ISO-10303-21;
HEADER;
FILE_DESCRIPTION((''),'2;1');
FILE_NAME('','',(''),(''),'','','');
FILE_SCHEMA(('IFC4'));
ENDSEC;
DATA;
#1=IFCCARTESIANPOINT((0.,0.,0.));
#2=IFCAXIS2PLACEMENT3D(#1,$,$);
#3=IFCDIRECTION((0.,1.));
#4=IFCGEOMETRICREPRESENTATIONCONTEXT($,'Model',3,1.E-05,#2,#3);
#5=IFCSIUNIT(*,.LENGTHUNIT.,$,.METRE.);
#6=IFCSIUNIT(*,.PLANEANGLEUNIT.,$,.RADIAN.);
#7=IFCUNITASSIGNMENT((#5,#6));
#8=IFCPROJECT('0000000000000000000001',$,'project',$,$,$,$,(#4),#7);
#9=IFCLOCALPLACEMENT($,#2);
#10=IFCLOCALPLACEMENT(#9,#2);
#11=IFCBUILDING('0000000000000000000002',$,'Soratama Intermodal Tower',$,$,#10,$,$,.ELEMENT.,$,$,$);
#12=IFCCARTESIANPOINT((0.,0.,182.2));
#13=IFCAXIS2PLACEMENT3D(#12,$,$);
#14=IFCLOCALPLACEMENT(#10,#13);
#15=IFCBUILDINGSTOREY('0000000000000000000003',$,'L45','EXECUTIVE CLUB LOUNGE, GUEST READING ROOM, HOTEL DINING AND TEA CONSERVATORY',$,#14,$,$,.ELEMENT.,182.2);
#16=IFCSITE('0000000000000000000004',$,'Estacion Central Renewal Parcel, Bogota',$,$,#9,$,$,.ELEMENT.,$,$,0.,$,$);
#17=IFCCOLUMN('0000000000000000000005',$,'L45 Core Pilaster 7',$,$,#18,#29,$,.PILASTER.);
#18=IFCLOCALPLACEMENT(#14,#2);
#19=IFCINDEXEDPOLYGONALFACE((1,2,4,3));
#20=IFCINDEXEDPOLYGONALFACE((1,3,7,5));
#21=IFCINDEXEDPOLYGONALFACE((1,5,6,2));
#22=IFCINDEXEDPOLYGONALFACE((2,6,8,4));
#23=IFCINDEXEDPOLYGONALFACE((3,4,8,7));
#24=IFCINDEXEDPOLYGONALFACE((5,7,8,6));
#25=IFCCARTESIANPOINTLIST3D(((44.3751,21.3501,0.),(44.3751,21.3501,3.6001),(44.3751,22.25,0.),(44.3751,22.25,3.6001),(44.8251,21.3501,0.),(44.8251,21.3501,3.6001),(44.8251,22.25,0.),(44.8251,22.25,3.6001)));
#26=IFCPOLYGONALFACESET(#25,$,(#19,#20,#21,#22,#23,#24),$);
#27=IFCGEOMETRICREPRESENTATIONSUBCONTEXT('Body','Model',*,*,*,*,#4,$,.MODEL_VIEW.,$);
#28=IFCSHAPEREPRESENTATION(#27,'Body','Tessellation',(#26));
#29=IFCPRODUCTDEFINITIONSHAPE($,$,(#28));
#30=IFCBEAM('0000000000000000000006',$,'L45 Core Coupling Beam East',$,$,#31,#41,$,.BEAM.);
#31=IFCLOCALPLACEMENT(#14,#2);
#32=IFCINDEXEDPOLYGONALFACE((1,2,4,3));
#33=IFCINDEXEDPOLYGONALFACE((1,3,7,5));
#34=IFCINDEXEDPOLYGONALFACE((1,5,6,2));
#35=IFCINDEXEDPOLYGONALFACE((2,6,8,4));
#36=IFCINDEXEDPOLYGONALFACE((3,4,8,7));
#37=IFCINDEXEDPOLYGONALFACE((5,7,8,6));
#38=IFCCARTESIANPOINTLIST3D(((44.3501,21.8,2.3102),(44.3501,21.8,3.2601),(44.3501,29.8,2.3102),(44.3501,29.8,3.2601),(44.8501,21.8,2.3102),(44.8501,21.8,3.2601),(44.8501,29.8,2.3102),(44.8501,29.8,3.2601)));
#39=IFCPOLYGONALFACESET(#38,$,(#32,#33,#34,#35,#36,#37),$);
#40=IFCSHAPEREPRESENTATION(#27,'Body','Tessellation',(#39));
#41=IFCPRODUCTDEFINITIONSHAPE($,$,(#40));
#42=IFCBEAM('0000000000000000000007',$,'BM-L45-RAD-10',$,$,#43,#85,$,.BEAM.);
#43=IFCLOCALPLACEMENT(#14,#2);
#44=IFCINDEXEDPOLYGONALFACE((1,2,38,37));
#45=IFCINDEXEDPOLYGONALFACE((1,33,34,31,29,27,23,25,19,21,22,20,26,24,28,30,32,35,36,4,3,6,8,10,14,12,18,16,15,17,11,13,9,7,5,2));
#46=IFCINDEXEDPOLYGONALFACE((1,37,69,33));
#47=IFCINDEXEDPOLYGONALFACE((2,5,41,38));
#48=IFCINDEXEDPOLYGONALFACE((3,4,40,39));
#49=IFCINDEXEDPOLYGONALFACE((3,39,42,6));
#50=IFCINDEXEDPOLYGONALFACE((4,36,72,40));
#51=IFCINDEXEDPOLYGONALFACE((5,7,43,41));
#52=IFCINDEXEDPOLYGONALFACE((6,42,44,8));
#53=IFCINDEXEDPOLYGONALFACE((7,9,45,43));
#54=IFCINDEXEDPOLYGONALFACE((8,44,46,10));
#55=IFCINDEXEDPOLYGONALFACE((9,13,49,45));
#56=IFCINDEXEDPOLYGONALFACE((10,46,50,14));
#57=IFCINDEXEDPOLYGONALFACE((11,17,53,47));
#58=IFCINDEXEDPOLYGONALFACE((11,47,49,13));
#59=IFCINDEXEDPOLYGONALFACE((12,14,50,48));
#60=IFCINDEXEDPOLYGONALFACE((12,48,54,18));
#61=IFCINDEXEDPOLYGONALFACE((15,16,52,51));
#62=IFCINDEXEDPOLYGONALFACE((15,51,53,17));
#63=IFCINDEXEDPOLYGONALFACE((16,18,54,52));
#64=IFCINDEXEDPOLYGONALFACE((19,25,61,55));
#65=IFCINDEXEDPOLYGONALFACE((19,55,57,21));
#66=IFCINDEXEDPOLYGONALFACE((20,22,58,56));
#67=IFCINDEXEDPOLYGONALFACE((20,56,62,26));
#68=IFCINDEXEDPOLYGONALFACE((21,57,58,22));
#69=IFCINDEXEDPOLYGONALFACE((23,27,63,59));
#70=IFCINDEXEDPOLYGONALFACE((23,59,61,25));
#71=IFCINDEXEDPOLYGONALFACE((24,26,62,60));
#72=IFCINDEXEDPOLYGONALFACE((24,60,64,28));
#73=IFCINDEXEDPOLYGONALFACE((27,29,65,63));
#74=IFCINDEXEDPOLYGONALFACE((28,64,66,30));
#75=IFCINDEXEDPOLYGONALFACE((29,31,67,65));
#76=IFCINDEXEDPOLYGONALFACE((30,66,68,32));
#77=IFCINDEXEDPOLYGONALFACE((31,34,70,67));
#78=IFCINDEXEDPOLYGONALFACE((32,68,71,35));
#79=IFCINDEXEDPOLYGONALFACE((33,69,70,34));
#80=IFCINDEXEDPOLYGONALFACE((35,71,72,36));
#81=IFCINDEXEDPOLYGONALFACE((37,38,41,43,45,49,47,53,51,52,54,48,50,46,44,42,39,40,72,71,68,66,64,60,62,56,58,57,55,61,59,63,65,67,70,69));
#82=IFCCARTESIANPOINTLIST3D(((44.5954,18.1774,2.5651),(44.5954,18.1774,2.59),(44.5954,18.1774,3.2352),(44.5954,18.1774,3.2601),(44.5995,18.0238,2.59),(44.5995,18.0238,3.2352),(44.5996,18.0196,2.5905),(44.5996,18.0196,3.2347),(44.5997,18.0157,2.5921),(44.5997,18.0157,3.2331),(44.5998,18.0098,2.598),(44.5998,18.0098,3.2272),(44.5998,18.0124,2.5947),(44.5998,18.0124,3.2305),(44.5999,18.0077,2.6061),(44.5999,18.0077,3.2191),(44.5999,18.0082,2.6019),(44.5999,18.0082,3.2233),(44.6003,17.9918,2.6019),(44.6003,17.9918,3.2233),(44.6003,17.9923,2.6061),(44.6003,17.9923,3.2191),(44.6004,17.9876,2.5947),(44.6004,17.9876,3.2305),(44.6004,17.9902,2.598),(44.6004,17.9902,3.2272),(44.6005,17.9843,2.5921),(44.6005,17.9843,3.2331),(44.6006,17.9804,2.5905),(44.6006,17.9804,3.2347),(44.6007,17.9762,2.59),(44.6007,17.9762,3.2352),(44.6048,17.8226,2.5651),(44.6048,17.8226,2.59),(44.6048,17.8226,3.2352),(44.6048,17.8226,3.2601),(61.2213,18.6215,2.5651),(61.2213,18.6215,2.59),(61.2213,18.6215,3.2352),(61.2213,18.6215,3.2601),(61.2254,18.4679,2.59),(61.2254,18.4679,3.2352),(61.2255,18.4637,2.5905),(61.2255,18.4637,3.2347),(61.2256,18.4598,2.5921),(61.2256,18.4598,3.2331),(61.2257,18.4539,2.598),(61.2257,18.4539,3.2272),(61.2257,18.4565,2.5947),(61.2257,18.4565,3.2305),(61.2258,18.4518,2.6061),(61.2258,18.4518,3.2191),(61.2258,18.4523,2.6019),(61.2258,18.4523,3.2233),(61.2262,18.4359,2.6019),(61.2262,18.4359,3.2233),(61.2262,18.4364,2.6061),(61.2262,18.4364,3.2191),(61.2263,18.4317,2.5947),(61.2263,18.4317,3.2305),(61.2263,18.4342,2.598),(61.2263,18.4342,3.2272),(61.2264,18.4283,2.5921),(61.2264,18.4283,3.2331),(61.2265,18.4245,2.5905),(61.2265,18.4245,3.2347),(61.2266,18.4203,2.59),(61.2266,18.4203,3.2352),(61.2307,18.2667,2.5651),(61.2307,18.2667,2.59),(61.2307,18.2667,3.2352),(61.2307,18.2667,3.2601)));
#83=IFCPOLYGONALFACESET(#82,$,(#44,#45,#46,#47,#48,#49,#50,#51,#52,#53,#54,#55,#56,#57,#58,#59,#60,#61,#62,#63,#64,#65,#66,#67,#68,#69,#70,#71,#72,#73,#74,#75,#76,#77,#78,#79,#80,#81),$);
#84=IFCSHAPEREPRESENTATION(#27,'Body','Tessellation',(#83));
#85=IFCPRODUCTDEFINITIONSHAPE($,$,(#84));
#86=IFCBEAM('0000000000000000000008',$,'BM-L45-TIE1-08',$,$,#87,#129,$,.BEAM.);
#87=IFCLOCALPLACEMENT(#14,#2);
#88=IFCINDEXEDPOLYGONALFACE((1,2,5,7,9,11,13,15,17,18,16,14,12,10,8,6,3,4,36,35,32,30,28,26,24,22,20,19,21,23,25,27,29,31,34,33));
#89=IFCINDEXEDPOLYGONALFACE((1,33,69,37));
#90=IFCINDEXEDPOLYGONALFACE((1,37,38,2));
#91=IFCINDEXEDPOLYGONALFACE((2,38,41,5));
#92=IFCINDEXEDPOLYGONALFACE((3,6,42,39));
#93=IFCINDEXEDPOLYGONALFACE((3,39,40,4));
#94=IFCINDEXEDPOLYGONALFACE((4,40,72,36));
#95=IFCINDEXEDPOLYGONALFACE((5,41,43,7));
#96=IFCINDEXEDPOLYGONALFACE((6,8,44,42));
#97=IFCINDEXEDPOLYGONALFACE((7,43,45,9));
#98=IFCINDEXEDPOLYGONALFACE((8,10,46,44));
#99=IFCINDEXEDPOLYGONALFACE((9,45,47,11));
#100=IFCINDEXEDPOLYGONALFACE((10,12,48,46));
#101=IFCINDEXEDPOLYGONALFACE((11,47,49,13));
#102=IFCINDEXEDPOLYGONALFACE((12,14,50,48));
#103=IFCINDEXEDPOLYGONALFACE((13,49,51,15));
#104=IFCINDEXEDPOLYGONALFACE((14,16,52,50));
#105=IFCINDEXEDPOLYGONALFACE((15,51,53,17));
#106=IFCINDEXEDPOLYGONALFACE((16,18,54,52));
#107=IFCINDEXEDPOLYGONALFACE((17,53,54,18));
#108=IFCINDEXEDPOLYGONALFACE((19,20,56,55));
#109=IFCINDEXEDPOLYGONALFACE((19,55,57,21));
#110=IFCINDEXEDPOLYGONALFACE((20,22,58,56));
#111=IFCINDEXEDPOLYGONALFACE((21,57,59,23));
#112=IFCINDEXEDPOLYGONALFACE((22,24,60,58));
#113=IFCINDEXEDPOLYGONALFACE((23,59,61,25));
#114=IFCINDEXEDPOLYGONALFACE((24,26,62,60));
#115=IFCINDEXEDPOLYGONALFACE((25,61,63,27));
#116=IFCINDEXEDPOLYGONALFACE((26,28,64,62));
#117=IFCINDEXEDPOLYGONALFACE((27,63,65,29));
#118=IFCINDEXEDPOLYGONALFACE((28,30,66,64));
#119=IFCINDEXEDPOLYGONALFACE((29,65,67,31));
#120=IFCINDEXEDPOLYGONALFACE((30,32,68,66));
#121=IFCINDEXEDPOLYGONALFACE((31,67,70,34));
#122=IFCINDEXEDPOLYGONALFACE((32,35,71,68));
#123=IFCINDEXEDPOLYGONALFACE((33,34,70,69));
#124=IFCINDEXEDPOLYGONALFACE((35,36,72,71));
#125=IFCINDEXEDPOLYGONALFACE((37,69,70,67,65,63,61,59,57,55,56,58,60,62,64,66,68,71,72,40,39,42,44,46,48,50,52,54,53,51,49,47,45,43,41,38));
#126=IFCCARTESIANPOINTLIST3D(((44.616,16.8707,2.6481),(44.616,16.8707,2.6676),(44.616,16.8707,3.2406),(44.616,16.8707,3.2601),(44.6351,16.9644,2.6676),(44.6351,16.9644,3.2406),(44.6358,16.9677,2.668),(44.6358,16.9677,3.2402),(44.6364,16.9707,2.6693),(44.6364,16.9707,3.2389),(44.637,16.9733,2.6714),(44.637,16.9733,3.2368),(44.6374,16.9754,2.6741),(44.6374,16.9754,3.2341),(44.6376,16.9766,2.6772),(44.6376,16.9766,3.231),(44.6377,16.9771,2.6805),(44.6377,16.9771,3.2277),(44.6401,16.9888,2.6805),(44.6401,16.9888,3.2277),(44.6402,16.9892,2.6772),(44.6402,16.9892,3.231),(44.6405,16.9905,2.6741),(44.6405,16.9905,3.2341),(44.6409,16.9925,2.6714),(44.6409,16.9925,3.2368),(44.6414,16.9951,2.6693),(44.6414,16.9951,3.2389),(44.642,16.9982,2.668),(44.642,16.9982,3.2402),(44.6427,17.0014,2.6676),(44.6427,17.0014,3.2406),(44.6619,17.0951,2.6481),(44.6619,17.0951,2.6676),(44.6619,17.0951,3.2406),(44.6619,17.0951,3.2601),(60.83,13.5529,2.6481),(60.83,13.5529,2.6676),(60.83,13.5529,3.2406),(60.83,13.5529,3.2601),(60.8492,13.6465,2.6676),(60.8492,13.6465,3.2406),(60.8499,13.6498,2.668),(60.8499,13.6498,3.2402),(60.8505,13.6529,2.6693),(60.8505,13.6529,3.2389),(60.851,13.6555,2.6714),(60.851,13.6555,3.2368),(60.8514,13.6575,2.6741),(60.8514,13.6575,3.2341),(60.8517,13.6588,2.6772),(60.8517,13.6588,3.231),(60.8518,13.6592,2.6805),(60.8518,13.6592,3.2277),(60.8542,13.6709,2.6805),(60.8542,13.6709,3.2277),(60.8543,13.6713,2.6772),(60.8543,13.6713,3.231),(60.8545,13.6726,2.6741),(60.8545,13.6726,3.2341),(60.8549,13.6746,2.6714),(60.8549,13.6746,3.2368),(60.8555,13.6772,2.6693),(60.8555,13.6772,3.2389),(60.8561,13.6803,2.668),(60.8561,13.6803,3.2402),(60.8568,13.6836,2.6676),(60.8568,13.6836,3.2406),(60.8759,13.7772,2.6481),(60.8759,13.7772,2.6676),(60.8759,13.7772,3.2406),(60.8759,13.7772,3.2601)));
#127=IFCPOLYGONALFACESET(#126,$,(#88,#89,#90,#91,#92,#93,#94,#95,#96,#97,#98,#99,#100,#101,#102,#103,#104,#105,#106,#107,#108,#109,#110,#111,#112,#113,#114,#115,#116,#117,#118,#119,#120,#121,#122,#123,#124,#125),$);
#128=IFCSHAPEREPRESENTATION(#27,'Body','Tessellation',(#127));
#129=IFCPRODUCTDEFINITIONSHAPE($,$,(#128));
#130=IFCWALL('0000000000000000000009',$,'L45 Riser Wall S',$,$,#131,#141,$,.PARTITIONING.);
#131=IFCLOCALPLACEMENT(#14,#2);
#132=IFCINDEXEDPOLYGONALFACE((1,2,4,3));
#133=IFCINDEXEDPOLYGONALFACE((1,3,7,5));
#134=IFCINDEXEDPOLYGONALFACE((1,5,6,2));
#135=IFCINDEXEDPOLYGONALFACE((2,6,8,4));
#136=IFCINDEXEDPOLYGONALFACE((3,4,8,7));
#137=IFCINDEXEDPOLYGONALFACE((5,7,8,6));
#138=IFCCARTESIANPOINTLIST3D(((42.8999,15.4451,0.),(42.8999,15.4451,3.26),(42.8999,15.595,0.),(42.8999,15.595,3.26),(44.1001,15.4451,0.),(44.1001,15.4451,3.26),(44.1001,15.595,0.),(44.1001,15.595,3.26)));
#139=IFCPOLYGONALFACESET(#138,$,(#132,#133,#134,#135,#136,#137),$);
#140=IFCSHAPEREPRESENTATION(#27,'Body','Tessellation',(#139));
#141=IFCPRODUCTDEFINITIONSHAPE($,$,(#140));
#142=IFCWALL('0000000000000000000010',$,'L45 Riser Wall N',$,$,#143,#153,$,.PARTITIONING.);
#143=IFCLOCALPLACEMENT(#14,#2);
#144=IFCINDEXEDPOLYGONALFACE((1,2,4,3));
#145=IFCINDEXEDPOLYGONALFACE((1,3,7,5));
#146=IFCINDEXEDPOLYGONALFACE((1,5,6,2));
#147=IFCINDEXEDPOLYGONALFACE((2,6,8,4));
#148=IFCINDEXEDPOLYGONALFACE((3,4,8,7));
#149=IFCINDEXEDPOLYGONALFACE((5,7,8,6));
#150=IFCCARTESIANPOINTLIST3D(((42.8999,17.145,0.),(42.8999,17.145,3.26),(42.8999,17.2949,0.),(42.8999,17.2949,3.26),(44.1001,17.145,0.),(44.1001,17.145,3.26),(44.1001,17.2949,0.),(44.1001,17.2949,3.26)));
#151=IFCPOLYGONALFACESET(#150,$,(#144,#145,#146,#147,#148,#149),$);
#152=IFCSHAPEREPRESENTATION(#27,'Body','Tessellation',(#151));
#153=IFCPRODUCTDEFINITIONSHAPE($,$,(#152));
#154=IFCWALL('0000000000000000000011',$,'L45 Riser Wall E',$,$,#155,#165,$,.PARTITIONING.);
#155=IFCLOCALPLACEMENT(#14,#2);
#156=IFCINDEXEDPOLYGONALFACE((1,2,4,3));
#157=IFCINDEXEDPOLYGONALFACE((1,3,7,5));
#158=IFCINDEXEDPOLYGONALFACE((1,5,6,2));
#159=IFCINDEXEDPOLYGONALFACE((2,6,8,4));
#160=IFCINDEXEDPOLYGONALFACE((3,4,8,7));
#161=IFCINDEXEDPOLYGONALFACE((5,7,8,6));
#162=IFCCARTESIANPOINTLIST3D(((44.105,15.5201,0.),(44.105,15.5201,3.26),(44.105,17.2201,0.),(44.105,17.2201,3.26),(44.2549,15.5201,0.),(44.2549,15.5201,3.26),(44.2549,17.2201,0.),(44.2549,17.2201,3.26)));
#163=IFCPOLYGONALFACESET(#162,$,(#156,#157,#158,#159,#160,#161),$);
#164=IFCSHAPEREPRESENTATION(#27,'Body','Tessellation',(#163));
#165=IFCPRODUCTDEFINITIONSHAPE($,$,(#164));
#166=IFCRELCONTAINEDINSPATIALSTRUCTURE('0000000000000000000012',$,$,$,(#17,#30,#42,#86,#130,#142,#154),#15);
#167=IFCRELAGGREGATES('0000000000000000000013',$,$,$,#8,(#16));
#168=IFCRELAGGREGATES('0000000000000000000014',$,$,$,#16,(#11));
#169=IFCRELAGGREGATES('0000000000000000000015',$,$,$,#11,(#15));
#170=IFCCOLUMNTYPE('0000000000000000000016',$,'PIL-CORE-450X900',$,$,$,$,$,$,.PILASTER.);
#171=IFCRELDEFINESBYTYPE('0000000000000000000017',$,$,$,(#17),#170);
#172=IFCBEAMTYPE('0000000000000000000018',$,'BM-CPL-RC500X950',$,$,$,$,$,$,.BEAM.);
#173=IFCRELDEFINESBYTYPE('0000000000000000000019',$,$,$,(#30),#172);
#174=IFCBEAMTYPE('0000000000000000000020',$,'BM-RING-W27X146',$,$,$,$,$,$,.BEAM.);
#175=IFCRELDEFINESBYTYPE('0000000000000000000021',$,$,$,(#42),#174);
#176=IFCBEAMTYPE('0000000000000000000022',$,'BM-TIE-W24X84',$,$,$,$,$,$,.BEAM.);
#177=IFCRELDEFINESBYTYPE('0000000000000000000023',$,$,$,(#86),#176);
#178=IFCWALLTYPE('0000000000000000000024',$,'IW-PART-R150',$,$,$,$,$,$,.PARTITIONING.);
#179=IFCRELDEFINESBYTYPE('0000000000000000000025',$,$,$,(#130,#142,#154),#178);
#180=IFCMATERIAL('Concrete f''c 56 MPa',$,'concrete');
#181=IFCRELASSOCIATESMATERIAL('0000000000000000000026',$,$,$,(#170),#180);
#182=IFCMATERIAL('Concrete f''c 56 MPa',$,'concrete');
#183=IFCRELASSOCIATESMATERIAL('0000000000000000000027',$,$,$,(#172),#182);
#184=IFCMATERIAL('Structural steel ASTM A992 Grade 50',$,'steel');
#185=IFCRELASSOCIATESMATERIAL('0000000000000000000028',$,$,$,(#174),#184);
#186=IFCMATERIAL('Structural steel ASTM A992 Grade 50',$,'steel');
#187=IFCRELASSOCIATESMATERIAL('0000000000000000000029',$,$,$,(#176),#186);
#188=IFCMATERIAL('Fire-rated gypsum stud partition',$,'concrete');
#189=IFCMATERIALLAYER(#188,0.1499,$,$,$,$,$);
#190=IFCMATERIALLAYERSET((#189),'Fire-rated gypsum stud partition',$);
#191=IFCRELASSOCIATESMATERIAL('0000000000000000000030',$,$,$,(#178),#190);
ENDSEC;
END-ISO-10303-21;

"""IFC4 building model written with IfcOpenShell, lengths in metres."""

from ifc_helpers import new_model, si_unit, direction, frame, frame_2d, origin, origin_2d, place, context, subcontext, project, spatial, rectangle, i_section, extrude, material, layer, layer_set, material_profile, profile_set, type_object, element, save


model = new_model("IFC4")

# Units and contexts
model_context = context("Model", 3, precision=1e-05, world=origin(), true_north=direction((0.0, 1.0)))
body_context = subcontext(model_context, "Body", "Model", "MODEL_VIEW")
ifc_project = project(units=[si_unit("LENGTHUNIT", "METRE"), si_unit("PLANEANGLEUNIT", "RADIAN")], contexts=[model_context])

# Site, building, storey
site_placement = place(None, origin())
site = spatial("IfcSite", under=ifc_project, at=site_placement, Name="Estacion Central Renewal Parcel, Bogota", CompositionType="ELEMENT", RefElevation=0.0)
building_placement = place(site_placement, origin())
building = spatial("IfcBuilding", under=site, at=building_placement, Name="Soratama Intermodal Tower", CompositionType="ELEMENT")
storey_placement = place(building_placement, frame((0.0, 0.0, 182.2)))
storey = spatial("IfcBuildingStorey", under=building, at=storey_placement, Name="L45", Description="EXECUTIVE CLUB LOUNGE, GUEST READING ROOM, HOTEL DINING AND TEA CONSERVATORY", CompositionType="ELEMENT", Elevation=182.2)

# Column
ifc_material_1 = material(Name="Concrete f'c 56 MPa", Category="concrete")
ifc_material_profile_1 = material_profile(ifc_material_1, rectangle(XDim=0.45, YDim=0.8999, at=origin_2d()), Name="RC450X900")
ifc_profile_set_1 = profile_set([ifc_material_profile_1], Name="Concrete f'c 56 MPa")
column_type = type_object("IfcColumnType", Name="PIL-CORE-450X900", PredefinedType="PILASTER", material=ifc_profile_set_1)
column_placement = place(storey_placement, frame((44.6001, 21.8, 0.0), z_axis=(0.0, 0.0, 1.0), x_axis=(1.0, 0.0, 0.0)))
element("IfcColumn", 1, at=column_placement, inside=storey, type_object=column_type, Name="L45 Core Pilaster 7", PredefinedType="PILASTER", context=body_context, shape_type="SweptSolid", body=[
    extrude(rectangle(XDim=0.45, YDim=0.8999, at=origin_2d()), origin(), (0.0, 0.0, 1.0), 3.6001),
])

# Beams
ifc_material_2 = material(Name="Concrete f'c 56 MPa", Category="concrete")
ifc_material_profile_2 = material_profile(ifc_material_2, rectangle(XDim=0.5, YDim=0.95, at=origin_2d()), Name="RC500X950")
ifc_profile_set_2 = profile_set([ifc_material_profile_2], Name="Concrete f'c 56 MPa")
beam_type_1 = type_object("IfcBeamType", Name="BM-CPL-RC500X950", PredefinedType="BEAM", material=ifc_profile_set_2)
beam_1_placement = place(storey_placement, frame((44.6001, 21.8, 2.7852), z_axis=(0.0, 1.0, 0.0), x_axis=(-1.0, 0.0, 0.0)))
element("IfcBeam", 2, at=beam_1_placement, inside=storey, type_object=beam_type_1, Name="L45 Core Coupling Beam East", PredefinedType="BEAM", context=body_context, shape_type="SweptSolid", body=[
    extrude(rectangle(XDim=0.5, YDim=0.95, at=origin_2d()), origin(), (0.0, 0.0, 1.0), 8.0),
])
ifc_material_3 = material(Name="Structural steel ASTM A992 Grade 50", Category="steel")
ifc_material_profile_3 = material_profile(ifc_material_3, i_section(OverallWidth=0.355, OverallDepth=0.6951, WebThickness=0.0154, FlangeThickness=0.0249, FilletRadius=0.0161, at=origin_2d()), Name="W27X146")
ifc_profile_set_3 = profile_set([ifc_material_profile_3], Name="Structural steel ASTM A992 Grade 50")
beam_type_2 = type_object("IfcBeamType", Name="BM-RING-W27X146", PredefinedType="BEAM", material=ifc_profile_set_3)
beam_2_placement = place(storey_placement, frame((44.6001, 18.0, 2.9126), z_axis=(0.999643, 0.026701, 0.0), x_axis=(-0.026701, 0.999643, 0.0)))
element("IfcBeam", 3, at=beam_2_placement, inside=storey, type_object=beam_type_2, Name="BM-L45-RAD-10", PredefinedType="BEAM", context=body_context, shape_type="SweptSolid", body=[
    extrude(i_section(OverallWidth=0.355, OverallDepth=0.6951, WebThickness=0.0154, FlangeThickness=0.0249, FilletRadius=0.0161, at=origin_2d()), origin(), (0.0, 0.0, 1.0), 16.6318),
])
ifc_material_4 = material(Name="Structural steel ASTM A992 Grade 50", Category="steel")
ifc_material_profile_4 = material_profile(ifc_material_4, i_section(OverallWidth=0.229, OverallDepth=0.6121, WebThickness=0.012, FlangeThickness=0.0195, FilletRadius=0.0129, at=origin_2d()), Name="W24X84")
ifc_profile_set_4 = profile_set([ifc_material_profile_4], Name="Structural steel ASTM A992 Grade 50")
beam_type_3 = type_object("IfcBeamType", Name="BM-TIE-W24X84", PredefinedType="BEAM", material=ifc_profile_set_4)
beam_3_placement = place(storey_placement, frame((44.6389, 16.9829, 2.9541), z_axis=(0.979699, -0.200474, 0.0), x_axis=(0.200474, 0.979699, 0.0)))
element("IfcBeam", 4, at=beam_3_placement, inside=storey, type_object=beam_type_3, Name="BM-L45-TIE1-08", PredefinedType="BEAM", context=body_context, shape_type="SweptSolid", body=[
    extrude(i_section(OverallWidth=0.229, OverallDepth=0.6121, WebThickness=0.012, FlangeThickness=0.0195, FilletRadius=0.0129, at=origin_2d()), origin(), (0.0, 0.0, 1.0), 16.55),
])

# Walls
ifc_material_5 = material(Name="Fire-rated gypsum stud partition", Category="concrete")
ifc_layer_1 = layer(ifc_material_5, 0.1499)
ifc_layer_set_1 = layer_set([ifc_layer_1], Name="Fire-rated gypsum stud partition")
wall_type_1 = type_object("IfcWallType", Name="IW-PART-R150", PredefinedType="PARTITIONING", material=ifc_layer_set_1)
for number, where, z_axis, x_axis, name in (
    (5, (42.8999, 15.52, 0.0), (0.0, 0.0, 1.0), (1.0, 0.0, 0.0), "L45 Riser Wall S"),
    (6, (42.8999, 17.22, 0.0), (0.0, 0.0, 1.0), (1.0, 0.0, 0.0), "L45 Riser Wall N"),
):
    element("IfcWall", number, at=place(storey_placement, frame(where, z_axis=z_axis, x_axis=x_axis)), inside=storey, type_object=wall_type_1, Name=name, PredefinedType="PARTITIONING", context=body_context, shape_type="SweptSolid", body=[
        extrude(rectangle(XDim=1.2002, YDim=0.1499, at=frame_2d((0.6001, 0.0))), origin(), (0.0, 0.0, 1.0), 3.26),
    ])
wall_1_placement = place(storey_placement, frame((44.1799, 15.52, 0.0), z_axis=(0.0, 0.0, 1.0), x_axis=(0.0, 1.0, 0.0)))
element("IfcWall", 7, at=wall_1_placement, inside=storey, type_object=wall_type_1, Name="L45 Riser Wall E", PredefinedType="PARTITIONING", context=body_context, shape_type="SweptSolid", body=[
    extrude(rectangle(XDim=1.7, YDim=0.1499, at=frame_2d((0.8501, 0.0))), origin(), (0.0, 0.0, 1.0), 3.26),
])

save(model, "model.ifc")
